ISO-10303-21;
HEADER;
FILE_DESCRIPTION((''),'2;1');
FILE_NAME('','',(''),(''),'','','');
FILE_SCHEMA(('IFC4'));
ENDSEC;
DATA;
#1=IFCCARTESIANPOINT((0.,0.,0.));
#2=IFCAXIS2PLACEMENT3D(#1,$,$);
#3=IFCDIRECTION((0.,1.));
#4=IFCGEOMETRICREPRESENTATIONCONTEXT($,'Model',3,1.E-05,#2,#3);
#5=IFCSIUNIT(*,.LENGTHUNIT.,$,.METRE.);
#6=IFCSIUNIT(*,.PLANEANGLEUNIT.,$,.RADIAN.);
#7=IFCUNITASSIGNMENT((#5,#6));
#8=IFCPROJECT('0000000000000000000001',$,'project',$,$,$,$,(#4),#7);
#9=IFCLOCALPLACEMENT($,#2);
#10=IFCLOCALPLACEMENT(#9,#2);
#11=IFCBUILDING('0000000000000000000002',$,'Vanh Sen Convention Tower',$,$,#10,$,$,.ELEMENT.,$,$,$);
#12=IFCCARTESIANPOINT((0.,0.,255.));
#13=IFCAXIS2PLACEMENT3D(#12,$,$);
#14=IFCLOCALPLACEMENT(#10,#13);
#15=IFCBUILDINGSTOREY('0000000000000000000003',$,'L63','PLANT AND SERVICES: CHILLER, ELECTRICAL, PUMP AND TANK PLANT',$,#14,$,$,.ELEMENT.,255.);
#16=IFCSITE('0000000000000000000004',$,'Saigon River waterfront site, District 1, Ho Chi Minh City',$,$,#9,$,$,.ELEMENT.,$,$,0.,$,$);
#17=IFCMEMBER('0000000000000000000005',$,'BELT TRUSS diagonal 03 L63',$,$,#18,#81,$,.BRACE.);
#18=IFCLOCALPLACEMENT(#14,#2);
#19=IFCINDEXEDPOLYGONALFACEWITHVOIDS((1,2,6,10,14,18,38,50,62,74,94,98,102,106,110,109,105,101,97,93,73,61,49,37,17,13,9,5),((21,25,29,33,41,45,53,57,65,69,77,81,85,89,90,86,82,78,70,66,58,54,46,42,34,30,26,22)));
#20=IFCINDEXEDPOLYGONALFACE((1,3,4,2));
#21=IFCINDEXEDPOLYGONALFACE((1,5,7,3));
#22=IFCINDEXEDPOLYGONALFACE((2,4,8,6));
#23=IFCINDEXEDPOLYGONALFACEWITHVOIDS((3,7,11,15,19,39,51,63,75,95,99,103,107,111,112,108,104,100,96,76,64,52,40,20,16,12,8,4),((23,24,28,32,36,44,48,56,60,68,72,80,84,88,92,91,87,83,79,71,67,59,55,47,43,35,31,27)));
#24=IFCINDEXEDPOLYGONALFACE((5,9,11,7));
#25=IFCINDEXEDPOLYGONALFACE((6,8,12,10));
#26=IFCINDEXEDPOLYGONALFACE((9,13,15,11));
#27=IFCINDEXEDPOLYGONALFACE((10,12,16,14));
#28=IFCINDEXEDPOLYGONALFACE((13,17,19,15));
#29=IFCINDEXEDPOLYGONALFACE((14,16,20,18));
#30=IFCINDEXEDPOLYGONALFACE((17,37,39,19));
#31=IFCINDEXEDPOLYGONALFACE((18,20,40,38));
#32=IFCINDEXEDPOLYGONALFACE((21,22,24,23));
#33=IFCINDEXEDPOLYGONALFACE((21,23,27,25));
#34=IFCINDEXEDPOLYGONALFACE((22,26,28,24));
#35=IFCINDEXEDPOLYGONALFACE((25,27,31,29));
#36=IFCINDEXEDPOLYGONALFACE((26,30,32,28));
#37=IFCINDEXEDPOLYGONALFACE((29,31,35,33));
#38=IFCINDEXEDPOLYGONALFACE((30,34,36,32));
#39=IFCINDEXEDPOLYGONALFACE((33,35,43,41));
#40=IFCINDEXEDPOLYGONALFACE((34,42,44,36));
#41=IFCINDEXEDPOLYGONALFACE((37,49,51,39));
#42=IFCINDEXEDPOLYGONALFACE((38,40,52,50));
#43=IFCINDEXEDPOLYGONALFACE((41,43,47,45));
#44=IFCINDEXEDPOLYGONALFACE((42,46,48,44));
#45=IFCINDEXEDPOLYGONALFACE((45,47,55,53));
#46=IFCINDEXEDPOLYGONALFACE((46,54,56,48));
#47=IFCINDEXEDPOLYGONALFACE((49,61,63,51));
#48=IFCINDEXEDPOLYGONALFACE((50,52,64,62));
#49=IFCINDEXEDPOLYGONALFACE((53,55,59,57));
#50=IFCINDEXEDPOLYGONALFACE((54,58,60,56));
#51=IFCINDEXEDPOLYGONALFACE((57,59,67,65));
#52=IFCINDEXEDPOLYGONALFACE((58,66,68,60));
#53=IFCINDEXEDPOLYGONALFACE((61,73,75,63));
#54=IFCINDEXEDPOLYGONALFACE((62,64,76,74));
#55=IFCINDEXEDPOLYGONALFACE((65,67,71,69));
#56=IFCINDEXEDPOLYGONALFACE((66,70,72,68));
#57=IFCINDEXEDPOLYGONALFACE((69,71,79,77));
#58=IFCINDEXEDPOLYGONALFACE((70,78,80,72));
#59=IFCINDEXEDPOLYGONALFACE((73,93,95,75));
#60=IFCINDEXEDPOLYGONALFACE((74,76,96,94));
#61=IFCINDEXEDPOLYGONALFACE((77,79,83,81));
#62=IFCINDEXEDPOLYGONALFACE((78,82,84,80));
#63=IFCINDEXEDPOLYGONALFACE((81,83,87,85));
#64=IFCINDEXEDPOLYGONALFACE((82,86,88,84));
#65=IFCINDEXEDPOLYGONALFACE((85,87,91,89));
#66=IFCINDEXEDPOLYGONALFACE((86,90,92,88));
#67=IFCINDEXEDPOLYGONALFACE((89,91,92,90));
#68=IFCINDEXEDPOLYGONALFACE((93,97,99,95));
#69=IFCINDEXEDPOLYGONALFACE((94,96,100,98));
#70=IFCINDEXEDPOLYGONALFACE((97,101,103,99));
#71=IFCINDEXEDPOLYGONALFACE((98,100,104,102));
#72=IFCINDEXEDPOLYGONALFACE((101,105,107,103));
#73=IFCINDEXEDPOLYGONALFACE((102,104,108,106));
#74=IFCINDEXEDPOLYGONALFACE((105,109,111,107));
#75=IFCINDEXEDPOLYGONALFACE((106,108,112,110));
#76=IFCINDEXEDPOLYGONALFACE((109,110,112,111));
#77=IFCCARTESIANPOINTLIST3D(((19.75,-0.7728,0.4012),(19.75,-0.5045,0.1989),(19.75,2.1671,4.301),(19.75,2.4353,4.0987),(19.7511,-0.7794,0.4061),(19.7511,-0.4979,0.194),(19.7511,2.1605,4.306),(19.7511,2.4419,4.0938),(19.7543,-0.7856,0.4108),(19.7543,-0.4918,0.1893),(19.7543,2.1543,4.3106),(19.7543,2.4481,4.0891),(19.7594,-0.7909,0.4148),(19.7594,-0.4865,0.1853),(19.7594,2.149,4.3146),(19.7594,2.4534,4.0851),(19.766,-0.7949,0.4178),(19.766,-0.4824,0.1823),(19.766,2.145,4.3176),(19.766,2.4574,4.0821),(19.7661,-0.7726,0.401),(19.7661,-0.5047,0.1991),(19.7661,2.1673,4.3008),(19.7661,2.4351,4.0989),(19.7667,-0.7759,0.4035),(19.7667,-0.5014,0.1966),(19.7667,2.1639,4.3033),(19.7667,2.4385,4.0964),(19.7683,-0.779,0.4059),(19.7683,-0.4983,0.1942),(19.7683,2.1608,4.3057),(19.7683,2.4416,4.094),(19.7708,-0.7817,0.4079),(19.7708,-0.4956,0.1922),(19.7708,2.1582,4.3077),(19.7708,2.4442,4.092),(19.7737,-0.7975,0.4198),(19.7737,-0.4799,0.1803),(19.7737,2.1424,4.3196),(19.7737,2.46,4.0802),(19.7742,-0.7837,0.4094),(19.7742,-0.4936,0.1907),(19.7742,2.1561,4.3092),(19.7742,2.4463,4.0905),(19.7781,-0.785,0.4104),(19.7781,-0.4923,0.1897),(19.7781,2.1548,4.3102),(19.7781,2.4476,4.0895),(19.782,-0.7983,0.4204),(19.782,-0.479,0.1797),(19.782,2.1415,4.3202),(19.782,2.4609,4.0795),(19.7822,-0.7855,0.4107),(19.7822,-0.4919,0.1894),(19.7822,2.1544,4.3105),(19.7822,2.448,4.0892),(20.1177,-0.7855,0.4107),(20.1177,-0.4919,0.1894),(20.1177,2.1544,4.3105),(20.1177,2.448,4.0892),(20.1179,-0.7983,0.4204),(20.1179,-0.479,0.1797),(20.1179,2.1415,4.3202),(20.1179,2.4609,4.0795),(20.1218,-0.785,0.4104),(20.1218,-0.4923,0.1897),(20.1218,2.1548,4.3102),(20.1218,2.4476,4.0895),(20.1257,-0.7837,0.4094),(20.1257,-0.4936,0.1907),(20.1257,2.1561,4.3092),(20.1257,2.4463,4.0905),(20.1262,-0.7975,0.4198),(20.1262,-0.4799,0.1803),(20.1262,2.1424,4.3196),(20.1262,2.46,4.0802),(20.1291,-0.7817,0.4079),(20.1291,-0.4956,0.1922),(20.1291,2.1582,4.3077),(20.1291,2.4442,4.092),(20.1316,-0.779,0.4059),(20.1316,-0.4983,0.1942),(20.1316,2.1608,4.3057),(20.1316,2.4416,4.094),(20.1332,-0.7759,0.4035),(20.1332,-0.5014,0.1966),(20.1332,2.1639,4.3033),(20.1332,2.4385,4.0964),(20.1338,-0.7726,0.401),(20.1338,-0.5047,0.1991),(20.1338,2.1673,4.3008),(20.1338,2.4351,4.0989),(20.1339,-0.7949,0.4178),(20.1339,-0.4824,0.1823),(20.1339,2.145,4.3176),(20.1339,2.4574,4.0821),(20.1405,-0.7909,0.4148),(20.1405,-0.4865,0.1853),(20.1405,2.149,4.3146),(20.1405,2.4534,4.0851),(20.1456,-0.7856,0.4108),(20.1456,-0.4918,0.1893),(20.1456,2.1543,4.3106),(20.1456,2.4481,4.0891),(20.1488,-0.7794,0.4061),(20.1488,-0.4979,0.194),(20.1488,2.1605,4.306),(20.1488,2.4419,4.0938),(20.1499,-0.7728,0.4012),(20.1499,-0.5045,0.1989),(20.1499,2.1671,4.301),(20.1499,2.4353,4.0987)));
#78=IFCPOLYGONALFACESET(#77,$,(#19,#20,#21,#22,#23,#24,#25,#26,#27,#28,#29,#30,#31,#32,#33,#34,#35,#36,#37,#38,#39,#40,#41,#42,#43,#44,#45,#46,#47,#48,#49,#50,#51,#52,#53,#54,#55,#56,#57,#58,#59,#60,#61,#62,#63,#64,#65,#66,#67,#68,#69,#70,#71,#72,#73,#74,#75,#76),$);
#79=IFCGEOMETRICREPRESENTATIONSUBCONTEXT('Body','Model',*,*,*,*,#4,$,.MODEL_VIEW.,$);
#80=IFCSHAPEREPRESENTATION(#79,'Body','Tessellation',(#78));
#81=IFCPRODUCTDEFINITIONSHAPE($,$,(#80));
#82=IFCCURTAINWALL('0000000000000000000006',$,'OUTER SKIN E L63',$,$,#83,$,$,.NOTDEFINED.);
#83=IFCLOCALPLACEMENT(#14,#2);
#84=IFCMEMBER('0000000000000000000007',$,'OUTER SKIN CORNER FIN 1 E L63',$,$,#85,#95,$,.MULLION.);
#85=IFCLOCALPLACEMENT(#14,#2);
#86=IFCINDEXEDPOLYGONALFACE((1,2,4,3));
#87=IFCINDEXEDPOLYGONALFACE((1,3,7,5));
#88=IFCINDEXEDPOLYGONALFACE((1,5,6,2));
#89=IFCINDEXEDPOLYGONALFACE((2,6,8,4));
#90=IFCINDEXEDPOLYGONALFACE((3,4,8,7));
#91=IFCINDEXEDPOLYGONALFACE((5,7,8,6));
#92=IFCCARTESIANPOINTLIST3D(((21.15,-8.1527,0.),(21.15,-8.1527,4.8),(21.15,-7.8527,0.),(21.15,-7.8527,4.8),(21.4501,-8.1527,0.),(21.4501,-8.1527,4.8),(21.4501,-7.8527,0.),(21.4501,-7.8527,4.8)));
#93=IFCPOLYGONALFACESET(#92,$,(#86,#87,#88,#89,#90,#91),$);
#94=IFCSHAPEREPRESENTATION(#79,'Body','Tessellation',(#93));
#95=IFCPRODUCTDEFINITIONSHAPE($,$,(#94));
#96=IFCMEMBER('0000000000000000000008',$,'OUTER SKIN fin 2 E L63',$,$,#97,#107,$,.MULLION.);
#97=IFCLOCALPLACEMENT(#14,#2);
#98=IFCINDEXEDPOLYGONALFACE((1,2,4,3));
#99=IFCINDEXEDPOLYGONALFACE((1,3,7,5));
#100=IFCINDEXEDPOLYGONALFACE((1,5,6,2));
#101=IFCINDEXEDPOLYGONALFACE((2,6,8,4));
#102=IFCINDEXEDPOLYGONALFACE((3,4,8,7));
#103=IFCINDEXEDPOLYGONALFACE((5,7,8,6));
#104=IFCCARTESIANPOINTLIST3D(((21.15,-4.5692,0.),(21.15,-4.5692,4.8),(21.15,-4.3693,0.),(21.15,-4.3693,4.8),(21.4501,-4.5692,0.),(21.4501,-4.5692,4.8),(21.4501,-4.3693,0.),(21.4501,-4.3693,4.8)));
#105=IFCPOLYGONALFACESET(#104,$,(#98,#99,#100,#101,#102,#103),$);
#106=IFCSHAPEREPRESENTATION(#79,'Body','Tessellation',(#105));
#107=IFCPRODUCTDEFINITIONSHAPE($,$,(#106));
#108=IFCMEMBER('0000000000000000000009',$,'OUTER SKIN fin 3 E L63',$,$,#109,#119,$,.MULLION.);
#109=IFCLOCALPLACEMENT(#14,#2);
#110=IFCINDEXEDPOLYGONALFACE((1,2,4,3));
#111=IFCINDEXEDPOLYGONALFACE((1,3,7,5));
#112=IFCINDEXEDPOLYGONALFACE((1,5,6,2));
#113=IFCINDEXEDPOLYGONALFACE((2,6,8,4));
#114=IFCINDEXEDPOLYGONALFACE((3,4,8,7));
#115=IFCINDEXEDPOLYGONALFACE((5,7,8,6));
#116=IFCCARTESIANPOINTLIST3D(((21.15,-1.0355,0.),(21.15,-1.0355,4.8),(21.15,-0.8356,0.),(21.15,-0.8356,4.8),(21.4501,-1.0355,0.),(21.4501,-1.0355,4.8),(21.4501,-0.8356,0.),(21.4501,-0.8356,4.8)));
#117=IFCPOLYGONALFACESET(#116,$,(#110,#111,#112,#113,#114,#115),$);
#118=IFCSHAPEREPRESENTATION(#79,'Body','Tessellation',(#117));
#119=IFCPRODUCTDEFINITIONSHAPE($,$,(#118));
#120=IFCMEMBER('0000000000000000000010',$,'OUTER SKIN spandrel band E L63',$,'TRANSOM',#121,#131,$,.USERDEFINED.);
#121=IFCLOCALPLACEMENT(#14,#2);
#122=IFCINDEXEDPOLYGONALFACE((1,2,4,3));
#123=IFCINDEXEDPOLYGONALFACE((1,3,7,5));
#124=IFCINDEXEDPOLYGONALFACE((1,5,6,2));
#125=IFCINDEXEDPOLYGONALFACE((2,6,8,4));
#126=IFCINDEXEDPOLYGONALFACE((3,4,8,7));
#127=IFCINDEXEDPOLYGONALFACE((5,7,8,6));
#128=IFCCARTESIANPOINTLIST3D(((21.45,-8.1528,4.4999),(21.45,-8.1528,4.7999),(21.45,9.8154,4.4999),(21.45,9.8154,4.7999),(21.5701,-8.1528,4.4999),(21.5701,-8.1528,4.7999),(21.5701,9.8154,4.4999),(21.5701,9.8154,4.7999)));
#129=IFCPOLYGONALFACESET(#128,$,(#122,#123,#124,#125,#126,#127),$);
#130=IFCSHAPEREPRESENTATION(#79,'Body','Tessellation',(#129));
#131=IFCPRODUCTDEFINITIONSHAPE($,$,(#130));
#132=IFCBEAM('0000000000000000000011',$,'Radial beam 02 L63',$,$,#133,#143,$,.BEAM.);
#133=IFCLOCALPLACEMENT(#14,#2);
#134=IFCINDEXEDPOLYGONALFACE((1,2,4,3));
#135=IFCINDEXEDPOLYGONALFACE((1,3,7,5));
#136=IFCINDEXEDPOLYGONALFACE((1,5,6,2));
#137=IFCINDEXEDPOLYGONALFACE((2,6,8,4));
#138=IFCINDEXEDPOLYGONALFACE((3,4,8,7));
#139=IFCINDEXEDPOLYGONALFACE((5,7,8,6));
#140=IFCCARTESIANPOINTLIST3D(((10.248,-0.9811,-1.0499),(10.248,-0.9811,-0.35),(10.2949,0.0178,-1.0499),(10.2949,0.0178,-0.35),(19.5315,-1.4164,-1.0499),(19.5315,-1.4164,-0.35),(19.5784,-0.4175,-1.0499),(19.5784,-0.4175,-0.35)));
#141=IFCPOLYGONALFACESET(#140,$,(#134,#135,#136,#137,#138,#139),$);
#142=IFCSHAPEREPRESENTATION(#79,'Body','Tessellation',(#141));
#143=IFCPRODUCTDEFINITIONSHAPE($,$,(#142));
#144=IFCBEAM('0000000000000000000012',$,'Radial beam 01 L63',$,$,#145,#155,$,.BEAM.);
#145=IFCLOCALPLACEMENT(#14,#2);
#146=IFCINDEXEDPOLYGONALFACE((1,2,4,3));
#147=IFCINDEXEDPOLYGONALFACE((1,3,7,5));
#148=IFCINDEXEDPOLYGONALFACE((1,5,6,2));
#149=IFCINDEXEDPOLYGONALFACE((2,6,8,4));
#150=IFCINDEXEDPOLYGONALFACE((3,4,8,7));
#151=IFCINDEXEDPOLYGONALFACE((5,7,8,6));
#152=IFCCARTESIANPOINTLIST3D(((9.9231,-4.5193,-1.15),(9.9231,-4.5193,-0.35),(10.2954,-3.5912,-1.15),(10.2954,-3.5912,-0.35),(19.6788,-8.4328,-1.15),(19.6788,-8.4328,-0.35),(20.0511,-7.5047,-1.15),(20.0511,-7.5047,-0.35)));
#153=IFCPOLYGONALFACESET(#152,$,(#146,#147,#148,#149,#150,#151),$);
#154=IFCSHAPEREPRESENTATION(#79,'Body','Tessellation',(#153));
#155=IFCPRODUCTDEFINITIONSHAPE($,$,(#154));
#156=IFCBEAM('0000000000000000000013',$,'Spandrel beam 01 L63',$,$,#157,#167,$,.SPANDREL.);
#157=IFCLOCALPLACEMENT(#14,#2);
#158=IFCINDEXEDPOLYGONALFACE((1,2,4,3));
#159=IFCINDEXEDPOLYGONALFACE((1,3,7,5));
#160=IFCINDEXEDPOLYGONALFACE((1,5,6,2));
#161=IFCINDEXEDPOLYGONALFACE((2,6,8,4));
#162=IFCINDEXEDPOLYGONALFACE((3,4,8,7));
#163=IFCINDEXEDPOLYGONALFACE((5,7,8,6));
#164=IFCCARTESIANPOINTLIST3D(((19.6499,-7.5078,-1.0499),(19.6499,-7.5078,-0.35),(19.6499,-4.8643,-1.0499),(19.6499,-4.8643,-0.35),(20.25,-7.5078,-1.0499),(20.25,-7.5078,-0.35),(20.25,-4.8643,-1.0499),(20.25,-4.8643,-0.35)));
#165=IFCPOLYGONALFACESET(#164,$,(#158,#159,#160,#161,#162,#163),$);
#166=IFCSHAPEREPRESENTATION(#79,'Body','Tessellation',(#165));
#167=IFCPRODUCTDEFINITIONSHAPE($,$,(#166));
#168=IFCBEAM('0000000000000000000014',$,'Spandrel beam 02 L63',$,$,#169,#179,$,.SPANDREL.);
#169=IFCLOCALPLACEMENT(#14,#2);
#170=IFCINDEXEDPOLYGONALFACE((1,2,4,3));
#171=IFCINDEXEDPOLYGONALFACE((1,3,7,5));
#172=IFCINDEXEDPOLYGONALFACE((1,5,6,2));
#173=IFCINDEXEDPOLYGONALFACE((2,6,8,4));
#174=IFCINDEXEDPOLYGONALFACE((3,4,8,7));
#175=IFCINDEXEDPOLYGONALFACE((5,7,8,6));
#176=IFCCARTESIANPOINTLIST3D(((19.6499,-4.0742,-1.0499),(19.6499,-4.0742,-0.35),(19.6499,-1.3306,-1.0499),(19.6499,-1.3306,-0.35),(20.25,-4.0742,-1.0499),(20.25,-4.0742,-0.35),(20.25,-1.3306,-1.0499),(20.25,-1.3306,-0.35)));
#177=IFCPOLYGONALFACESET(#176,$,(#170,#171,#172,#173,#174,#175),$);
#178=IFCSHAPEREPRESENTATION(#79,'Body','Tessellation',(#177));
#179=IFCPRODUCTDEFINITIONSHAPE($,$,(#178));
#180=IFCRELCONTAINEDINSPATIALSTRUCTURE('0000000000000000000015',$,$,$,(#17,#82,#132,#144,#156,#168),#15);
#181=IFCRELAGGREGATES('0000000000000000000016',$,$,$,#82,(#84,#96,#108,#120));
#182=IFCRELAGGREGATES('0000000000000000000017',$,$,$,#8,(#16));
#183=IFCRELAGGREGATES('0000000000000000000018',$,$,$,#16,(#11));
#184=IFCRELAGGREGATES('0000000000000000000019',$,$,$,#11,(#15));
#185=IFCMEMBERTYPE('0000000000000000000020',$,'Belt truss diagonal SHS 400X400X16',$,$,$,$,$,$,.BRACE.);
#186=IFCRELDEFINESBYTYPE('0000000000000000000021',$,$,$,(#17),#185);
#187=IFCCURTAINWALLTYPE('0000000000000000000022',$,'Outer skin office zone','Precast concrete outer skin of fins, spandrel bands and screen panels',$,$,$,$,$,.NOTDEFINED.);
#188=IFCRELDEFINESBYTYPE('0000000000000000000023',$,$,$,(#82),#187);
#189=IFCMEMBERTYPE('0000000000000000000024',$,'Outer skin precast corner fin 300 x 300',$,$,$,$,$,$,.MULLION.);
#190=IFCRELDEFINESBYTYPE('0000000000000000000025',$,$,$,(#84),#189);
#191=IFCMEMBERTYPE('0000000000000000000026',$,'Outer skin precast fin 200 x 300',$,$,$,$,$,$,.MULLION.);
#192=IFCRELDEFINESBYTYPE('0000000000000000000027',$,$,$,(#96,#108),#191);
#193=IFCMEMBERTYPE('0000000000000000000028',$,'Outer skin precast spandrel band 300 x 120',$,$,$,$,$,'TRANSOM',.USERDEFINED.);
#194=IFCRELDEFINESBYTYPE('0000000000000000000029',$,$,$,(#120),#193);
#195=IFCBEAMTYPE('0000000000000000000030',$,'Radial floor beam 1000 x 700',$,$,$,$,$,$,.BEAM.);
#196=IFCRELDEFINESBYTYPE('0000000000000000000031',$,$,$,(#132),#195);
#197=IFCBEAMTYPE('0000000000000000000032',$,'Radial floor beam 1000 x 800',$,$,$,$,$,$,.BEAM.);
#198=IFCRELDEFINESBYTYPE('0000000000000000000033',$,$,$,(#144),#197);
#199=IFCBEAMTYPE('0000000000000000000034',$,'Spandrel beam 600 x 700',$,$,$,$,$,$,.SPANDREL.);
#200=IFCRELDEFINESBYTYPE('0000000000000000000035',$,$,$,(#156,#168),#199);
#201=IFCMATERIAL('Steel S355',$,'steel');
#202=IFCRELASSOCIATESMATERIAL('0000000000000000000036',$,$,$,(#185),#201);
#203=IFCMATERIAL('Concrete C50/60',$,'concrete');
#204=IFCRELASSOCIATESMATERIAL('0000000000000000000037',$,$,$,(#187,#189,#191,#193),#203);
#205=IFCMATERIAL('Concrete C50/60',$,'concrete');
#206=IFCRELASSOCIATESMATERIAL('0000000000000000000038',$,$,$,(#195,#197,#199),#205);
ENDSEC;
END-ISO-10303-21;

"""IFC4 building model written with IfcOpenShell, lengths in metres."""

from ifc_helpers import new_model, si_unit, direction, frame, origin, origin_2d, place, context, subcontext, project, spatial, rectangle, hollow_rectangle, extrude, material, material_profile, profile_set, type_object, element, aggregate, save


model = new_model("IFC4")

# Units and contexts
model_context = context("Model", 3, precision=1e-05, world=origin(), true_north=direction((0.0, 1.0)))
body_context = subcontext(model_context, "Body", "Model", "MODEL_VIEW")
ifc_project = project(units=[si_unit("LENGTHUNIT", "METRE"), si_unit("PLANEANGLEUNIT", "RADIAN")], contexts=[model_context])

# Site, building, storey
site_placement = place(None, origin())
site = spatial("IfcSite", under=ifc_project, at=site_placement, Name="Saigon River waterfront site, District 1, Ho Chi Minh City", CompositionType="ELEMENT", RefElevation=0.0)
building_placement = place(site_placement, origin())
building = spatial("IfcBuilding", under=site, at=building_placement, Name="Vanh Sen Convention Tower", CompositionType="ELEMENT")
storey_placement = place(building_placement, frame((0.0, 0.0, 255.0)))
storey = spatial("IfcBuildingStorey", under=building, at=storey_placement, Name="L63", Description="PLANT AND SERVICES: CHILLER, ELECTRICAL, PUMP AND TANK PLANT", CompositionType="ELEMENT", Elevation=255.0)

# Member
ifc_material_1 = material(Name="Steel S355", Category="steel")
ifc_material_profile_1 = material_profile(ifc_material_1, hollow_rectangle(XDim=0.3999, YDim=0.3999, WallThickness=0.0161, InnerFilletRadius=0.0161, OuterFilletRadius=0.032, at=origin_2d()), Name="SHS 400X400X16")
ifc_profile_set_1 = profile_set([ifc_material_profile_1], Name="Steel S355")
member_type_1 = type_object("IfcMemberType", Name="Belt truss diagonal SHS 400X400X16", PredefinedType="BRACE", material=ifc_profile_set_1)
for number, where, z_axis, x_axis, name in (
    (1, (19.95, -0.6387, 0.3), (0.0, 0.601966, 0.798522), (-1.0, 0.0, 0.0), "BELT TRUSS diagonal 03 L63"),
):
    element("IfcMember", number, at=place(storey_placement, frame(where, z_axis=z_axis, x_axis=x_axis)), inside=storey, type_object=member_type_1, Name=name, PredefinedType="BRACE", context=body_context, shape_type="SweptSolid", body=[
        extrude(hollow_rectangle(XDim=0.3999, YDim=0.3999, WallThickness=0.0161, InnerFilletRadius=0.0161, OuterFilletRadius=0.032, at=origin_2d()), origin(), (0.0, 0.0, 1.0), 4.8838),
    ])

# Curtain wall, members
ifc_material_2 = material(Name="Concrete C50/60", Category="concrete")
curtain_wall_type = type_object("IfcCurtainWallType", Name="Outer skin office zone", Description="Precast concrete outer skin of fins, spandrel bands and screen panels", PredefinedType="NOTDEFINED", material=ifc_material_2)
curtain_wall_1_placement = place(storey_placement, origin())
curtain_wall_1 = element("IfcCurtainWall", 2, at=curtain_wall_1_placement, inside=storey, type_object=curtain_wall_type, Name="OUTER SKIN E L63", PredefinedType="NOTDEFINED")
ifc_material_profile_2 = material_profile(ifc_material_2, rectangle(XDim=0.3, YDim=0.3, at=origin_2d()), Name="Outer skin precast corner fin 300 x 300")
ifc_profile_set_2 = profile_set([ifc_material_profile_2], Name="Concrete C50/60")
member_type_2 = type_object("IfcMemberType", Name="Outer skin precast corner fin 300 x 300", PredefinedType="MULLION", material=ifc_profile_set_2)
member_1_placement = place(storey_placement, frame((21.3, -8.0027, 0.0), z_axis=(0.0, 0.0, 1.0), x_axis=(0.0, 1.0, 0.0)))
member_1 = element("IfcMember", 3, at=member_1_placement, type_object=member_type_2, Name="OUTER SKIN CORNER FIN 1 E L63", PredefinedType="MULLION", context=body_context, shape_type="SweptSolid", body=[
    extrude(rectangle(XDim=0.3, YDim=0.3, at=origin_2d()), origin(), (0.0, 0.0, 1.0), 4.8),
])
ifc_material_profile_3 = material_profile(ifc_material_2, rectangle(XDim=0.2, YDim=0.3, at=origin_2d()), Name="Outer skin precast fin 200 x 300")
ifc_profile_set_3 = profile_set([ifc_material_profile_3], Name="Concrete C50/60")
member_type_3 = type_object("IfcMemberType", Name="Outer skin precast fin 200 x 300", PredefinedType="MULLION", material=ifc_profile_set_3)
member_2_placement = place(storey_placement, frame((21.3, -4.4692, 0.0), z_axis=(0.0, 0.0, 1.0), x_axis=(0.0, 1.0, 0.0)))
member_2 = element("IfcMember", 4, at=member_2_placement, type_object=member_type_3, Name="OUTER SKIN fin 2 E L63", PredefinedType="MULLION", context=body_context, shape_type="SweptSolid", body=[
    extrude(rectangle(XDim=0.2, YDim=0.3, at=origin_2d()), origin(), (0.0, 0.0, 1.0), 4.8),
])
member_3_placement = place(storey_placement, frame((21.3, -0.9355, 0.0), z_axis=(0.0, 0.0, 1.0), x_axis=(0.0, 1.0, 0.0)))
member_3 = element("IfcMember", 5, at=member_3_placement, type_object=member_type_3, Name="OUTER SKIN fin 3 E L63", PredefinedType="MULLION", context=body_context, shape_type="SweptSolid", body=[
    extrude(rectangle(XDim=0.2, YDim=0.3, at=origin_2d()), origin(), (0.0, 0.0, 1.0), 4.8),
])
ifc_material_profile_4 = material_profile(ifc_material_2, rectangle(XDim=0.1201, YDim=0.3, at=origin_2d()), Name="Outer skin precast spandrel band 300 x 120")
ifc_profile_set_4 = profile_set([ifc_material_profile_4], Name="Concrete C50/60")
member_type_4 = type_object("IfcMemberType", Name="Outer skin precast spandrel band 300 x 120", ElementType="TRANSOM", PredefinedType="USERDEFINED", material=ifc_profile_set_4)
member_4_placement = place(storey_placement, frame((21.51, -8.1528, 4.6499), z_axis=(0.0, 1.0, 0.0), x_axis=(-1.0, 0.0, 0.0)))
member_4 = element("IfcMember", 6, at=member_4_placement, type_object=member_type_4, Name="OUTER SKIN spandrel band E L63", ObjectType="TRANSOM", PredefinedType="USERDEFINED", context=body_context, shape_type="SweptSolid", body=[
    extrude(rectangle(XDim=0.1201, YDim=0.3, at=origin_2d()), origin(), (0.0, 0.0, 1.0), 17.9683),
])

# Beams
ifc_material_3 = material(Name="Concrete C50/60", Category="concrete")
ifc_material_profile_5 = material_profile(ifc_material_3, rectangle(XDim=1.0, YDim=0.7, at=origin_2d()), Name="RC 1000X700")
ifc_profile_set_5 = profile_set([ifc_material_profile_5], Name="Concrete C50/60")
beam_type_1 = type_object("IfcBeamType", Name="Radial floor beam 1000 x 700", PredefinedType="BEAM", material=ifc_profile_set_5)
beam_1_placement = place(storey_placement, frame((19.5549, -0.917, -0.7), z_axis=(-0.998902, 0.046839, 0.0), x_axis=(-0.046839, -0.998902, 0.0)))
element("IfcBeam", 7, at=beam_1_placement, inside=storey, type_object=beam_type_1, Name="Radial beam 02 L63", PredefinedType="BEAM", context=body_context, shape_type="SweptSolid", body=[
    extrude(rectangle(XDim=1.0, YDim=0.7, at=origin_2d()), origin(), (0.0, 0.0, 1.0), 9.2937),
])
ifc_material_profile_6 = material_profile(ifc_material_3, rectangle(XDim=1.0, YDim=0.8, at=origin_2d()), Name="RC 1000X800")
ifc_profile_set_6 = profile_set([ifc_material_profile_6], Name="Concrete C50/60")
beam_type_2 = type_object("IfcBeamType", Name="Radial floor beam 1000 x 800", PredefinedType="BEAM", material=ifc_profile_set_6)
beam_2_placement = place(storey_placement, frame((19.865, -7.9688, -0.75), z_axis=(-0.928108, 0.372312, 0.0), x_axis=(-0.372312, -0.928108, 0.0)))
element("IfcBeam", 8, at=beam_2_placement, inside=storey, type_object=beam_type_2, Name="Radial beam 01 L63", PredefinedType="BEAM", context=body_context, shape_type="SweptSolid", body=[
    extrude(rectangle(XDim=1.0, YDim=0.8, at=origin_2d()), origin(), (0.0, 0.0, 1.0), 10.5115),
])
ifc_material_profile_7 = material_profile(ifc_material_3, rectangle(XDim=0.6001, YDim=0.7, at=origin_2d()), Name="RC 600X700")
ifc_profile_set_7 = profile_set([ifc_material_profile_7], Name="Concrete C50/60")
beam_type_3 = type_object("IfcBeamType", Name="Spandrel beam 600 x 700", PredefinedType="SPANDREL", material=ifc_profile_set_7)
beam_3_placement = place(storey_placement, frame((19.95, -7.5078, -0.7), z_axis=(0.0, 1.0, 0.0), x_axis=(-1.0, 0.0, 0.0)))
element("IfcBeam", 9, at=beam_3_placement, inside=storey, type_object=beam_type_3, Name="Spandrel beam 01 L63", PredefinedType="SPANDREL", context=body_context, shape_type="SweptSolid", body=[
    extrude(rectangle(XDim=0.6001, YDim=0.7, at=origin_2d()), origin(), (0.0, 0.0, 1.0), 2.6436),
])
for number, where, z_axis, x_axis, name in (
    (10, (19.95, -4.0742, -0.7), (0.0, 1.0, 0.0), (-1.0, 0.0, 0.0), "Spandrel beam 02 L63"),
):
    element("IfcBeam", number, at=place(storey_placement, frame(where, z_axis=z_axis, x_axis=x_axis)), inside=storey, type_object=beam_type_3, Name=name, PredefinedType="SPANDREL", context=body_context, shape_type="SweptSolid", body=[
        extrude(rectangle(XDim=0.6001, YDim=0.7, at=origin_2d()), origin(), (0.0, 0.0, 1.0), 2.7437),
    ])

aggregate(curtain_wall_1, [member_1, member_2, member_3, member_4])

save(model, "model.ifc")
